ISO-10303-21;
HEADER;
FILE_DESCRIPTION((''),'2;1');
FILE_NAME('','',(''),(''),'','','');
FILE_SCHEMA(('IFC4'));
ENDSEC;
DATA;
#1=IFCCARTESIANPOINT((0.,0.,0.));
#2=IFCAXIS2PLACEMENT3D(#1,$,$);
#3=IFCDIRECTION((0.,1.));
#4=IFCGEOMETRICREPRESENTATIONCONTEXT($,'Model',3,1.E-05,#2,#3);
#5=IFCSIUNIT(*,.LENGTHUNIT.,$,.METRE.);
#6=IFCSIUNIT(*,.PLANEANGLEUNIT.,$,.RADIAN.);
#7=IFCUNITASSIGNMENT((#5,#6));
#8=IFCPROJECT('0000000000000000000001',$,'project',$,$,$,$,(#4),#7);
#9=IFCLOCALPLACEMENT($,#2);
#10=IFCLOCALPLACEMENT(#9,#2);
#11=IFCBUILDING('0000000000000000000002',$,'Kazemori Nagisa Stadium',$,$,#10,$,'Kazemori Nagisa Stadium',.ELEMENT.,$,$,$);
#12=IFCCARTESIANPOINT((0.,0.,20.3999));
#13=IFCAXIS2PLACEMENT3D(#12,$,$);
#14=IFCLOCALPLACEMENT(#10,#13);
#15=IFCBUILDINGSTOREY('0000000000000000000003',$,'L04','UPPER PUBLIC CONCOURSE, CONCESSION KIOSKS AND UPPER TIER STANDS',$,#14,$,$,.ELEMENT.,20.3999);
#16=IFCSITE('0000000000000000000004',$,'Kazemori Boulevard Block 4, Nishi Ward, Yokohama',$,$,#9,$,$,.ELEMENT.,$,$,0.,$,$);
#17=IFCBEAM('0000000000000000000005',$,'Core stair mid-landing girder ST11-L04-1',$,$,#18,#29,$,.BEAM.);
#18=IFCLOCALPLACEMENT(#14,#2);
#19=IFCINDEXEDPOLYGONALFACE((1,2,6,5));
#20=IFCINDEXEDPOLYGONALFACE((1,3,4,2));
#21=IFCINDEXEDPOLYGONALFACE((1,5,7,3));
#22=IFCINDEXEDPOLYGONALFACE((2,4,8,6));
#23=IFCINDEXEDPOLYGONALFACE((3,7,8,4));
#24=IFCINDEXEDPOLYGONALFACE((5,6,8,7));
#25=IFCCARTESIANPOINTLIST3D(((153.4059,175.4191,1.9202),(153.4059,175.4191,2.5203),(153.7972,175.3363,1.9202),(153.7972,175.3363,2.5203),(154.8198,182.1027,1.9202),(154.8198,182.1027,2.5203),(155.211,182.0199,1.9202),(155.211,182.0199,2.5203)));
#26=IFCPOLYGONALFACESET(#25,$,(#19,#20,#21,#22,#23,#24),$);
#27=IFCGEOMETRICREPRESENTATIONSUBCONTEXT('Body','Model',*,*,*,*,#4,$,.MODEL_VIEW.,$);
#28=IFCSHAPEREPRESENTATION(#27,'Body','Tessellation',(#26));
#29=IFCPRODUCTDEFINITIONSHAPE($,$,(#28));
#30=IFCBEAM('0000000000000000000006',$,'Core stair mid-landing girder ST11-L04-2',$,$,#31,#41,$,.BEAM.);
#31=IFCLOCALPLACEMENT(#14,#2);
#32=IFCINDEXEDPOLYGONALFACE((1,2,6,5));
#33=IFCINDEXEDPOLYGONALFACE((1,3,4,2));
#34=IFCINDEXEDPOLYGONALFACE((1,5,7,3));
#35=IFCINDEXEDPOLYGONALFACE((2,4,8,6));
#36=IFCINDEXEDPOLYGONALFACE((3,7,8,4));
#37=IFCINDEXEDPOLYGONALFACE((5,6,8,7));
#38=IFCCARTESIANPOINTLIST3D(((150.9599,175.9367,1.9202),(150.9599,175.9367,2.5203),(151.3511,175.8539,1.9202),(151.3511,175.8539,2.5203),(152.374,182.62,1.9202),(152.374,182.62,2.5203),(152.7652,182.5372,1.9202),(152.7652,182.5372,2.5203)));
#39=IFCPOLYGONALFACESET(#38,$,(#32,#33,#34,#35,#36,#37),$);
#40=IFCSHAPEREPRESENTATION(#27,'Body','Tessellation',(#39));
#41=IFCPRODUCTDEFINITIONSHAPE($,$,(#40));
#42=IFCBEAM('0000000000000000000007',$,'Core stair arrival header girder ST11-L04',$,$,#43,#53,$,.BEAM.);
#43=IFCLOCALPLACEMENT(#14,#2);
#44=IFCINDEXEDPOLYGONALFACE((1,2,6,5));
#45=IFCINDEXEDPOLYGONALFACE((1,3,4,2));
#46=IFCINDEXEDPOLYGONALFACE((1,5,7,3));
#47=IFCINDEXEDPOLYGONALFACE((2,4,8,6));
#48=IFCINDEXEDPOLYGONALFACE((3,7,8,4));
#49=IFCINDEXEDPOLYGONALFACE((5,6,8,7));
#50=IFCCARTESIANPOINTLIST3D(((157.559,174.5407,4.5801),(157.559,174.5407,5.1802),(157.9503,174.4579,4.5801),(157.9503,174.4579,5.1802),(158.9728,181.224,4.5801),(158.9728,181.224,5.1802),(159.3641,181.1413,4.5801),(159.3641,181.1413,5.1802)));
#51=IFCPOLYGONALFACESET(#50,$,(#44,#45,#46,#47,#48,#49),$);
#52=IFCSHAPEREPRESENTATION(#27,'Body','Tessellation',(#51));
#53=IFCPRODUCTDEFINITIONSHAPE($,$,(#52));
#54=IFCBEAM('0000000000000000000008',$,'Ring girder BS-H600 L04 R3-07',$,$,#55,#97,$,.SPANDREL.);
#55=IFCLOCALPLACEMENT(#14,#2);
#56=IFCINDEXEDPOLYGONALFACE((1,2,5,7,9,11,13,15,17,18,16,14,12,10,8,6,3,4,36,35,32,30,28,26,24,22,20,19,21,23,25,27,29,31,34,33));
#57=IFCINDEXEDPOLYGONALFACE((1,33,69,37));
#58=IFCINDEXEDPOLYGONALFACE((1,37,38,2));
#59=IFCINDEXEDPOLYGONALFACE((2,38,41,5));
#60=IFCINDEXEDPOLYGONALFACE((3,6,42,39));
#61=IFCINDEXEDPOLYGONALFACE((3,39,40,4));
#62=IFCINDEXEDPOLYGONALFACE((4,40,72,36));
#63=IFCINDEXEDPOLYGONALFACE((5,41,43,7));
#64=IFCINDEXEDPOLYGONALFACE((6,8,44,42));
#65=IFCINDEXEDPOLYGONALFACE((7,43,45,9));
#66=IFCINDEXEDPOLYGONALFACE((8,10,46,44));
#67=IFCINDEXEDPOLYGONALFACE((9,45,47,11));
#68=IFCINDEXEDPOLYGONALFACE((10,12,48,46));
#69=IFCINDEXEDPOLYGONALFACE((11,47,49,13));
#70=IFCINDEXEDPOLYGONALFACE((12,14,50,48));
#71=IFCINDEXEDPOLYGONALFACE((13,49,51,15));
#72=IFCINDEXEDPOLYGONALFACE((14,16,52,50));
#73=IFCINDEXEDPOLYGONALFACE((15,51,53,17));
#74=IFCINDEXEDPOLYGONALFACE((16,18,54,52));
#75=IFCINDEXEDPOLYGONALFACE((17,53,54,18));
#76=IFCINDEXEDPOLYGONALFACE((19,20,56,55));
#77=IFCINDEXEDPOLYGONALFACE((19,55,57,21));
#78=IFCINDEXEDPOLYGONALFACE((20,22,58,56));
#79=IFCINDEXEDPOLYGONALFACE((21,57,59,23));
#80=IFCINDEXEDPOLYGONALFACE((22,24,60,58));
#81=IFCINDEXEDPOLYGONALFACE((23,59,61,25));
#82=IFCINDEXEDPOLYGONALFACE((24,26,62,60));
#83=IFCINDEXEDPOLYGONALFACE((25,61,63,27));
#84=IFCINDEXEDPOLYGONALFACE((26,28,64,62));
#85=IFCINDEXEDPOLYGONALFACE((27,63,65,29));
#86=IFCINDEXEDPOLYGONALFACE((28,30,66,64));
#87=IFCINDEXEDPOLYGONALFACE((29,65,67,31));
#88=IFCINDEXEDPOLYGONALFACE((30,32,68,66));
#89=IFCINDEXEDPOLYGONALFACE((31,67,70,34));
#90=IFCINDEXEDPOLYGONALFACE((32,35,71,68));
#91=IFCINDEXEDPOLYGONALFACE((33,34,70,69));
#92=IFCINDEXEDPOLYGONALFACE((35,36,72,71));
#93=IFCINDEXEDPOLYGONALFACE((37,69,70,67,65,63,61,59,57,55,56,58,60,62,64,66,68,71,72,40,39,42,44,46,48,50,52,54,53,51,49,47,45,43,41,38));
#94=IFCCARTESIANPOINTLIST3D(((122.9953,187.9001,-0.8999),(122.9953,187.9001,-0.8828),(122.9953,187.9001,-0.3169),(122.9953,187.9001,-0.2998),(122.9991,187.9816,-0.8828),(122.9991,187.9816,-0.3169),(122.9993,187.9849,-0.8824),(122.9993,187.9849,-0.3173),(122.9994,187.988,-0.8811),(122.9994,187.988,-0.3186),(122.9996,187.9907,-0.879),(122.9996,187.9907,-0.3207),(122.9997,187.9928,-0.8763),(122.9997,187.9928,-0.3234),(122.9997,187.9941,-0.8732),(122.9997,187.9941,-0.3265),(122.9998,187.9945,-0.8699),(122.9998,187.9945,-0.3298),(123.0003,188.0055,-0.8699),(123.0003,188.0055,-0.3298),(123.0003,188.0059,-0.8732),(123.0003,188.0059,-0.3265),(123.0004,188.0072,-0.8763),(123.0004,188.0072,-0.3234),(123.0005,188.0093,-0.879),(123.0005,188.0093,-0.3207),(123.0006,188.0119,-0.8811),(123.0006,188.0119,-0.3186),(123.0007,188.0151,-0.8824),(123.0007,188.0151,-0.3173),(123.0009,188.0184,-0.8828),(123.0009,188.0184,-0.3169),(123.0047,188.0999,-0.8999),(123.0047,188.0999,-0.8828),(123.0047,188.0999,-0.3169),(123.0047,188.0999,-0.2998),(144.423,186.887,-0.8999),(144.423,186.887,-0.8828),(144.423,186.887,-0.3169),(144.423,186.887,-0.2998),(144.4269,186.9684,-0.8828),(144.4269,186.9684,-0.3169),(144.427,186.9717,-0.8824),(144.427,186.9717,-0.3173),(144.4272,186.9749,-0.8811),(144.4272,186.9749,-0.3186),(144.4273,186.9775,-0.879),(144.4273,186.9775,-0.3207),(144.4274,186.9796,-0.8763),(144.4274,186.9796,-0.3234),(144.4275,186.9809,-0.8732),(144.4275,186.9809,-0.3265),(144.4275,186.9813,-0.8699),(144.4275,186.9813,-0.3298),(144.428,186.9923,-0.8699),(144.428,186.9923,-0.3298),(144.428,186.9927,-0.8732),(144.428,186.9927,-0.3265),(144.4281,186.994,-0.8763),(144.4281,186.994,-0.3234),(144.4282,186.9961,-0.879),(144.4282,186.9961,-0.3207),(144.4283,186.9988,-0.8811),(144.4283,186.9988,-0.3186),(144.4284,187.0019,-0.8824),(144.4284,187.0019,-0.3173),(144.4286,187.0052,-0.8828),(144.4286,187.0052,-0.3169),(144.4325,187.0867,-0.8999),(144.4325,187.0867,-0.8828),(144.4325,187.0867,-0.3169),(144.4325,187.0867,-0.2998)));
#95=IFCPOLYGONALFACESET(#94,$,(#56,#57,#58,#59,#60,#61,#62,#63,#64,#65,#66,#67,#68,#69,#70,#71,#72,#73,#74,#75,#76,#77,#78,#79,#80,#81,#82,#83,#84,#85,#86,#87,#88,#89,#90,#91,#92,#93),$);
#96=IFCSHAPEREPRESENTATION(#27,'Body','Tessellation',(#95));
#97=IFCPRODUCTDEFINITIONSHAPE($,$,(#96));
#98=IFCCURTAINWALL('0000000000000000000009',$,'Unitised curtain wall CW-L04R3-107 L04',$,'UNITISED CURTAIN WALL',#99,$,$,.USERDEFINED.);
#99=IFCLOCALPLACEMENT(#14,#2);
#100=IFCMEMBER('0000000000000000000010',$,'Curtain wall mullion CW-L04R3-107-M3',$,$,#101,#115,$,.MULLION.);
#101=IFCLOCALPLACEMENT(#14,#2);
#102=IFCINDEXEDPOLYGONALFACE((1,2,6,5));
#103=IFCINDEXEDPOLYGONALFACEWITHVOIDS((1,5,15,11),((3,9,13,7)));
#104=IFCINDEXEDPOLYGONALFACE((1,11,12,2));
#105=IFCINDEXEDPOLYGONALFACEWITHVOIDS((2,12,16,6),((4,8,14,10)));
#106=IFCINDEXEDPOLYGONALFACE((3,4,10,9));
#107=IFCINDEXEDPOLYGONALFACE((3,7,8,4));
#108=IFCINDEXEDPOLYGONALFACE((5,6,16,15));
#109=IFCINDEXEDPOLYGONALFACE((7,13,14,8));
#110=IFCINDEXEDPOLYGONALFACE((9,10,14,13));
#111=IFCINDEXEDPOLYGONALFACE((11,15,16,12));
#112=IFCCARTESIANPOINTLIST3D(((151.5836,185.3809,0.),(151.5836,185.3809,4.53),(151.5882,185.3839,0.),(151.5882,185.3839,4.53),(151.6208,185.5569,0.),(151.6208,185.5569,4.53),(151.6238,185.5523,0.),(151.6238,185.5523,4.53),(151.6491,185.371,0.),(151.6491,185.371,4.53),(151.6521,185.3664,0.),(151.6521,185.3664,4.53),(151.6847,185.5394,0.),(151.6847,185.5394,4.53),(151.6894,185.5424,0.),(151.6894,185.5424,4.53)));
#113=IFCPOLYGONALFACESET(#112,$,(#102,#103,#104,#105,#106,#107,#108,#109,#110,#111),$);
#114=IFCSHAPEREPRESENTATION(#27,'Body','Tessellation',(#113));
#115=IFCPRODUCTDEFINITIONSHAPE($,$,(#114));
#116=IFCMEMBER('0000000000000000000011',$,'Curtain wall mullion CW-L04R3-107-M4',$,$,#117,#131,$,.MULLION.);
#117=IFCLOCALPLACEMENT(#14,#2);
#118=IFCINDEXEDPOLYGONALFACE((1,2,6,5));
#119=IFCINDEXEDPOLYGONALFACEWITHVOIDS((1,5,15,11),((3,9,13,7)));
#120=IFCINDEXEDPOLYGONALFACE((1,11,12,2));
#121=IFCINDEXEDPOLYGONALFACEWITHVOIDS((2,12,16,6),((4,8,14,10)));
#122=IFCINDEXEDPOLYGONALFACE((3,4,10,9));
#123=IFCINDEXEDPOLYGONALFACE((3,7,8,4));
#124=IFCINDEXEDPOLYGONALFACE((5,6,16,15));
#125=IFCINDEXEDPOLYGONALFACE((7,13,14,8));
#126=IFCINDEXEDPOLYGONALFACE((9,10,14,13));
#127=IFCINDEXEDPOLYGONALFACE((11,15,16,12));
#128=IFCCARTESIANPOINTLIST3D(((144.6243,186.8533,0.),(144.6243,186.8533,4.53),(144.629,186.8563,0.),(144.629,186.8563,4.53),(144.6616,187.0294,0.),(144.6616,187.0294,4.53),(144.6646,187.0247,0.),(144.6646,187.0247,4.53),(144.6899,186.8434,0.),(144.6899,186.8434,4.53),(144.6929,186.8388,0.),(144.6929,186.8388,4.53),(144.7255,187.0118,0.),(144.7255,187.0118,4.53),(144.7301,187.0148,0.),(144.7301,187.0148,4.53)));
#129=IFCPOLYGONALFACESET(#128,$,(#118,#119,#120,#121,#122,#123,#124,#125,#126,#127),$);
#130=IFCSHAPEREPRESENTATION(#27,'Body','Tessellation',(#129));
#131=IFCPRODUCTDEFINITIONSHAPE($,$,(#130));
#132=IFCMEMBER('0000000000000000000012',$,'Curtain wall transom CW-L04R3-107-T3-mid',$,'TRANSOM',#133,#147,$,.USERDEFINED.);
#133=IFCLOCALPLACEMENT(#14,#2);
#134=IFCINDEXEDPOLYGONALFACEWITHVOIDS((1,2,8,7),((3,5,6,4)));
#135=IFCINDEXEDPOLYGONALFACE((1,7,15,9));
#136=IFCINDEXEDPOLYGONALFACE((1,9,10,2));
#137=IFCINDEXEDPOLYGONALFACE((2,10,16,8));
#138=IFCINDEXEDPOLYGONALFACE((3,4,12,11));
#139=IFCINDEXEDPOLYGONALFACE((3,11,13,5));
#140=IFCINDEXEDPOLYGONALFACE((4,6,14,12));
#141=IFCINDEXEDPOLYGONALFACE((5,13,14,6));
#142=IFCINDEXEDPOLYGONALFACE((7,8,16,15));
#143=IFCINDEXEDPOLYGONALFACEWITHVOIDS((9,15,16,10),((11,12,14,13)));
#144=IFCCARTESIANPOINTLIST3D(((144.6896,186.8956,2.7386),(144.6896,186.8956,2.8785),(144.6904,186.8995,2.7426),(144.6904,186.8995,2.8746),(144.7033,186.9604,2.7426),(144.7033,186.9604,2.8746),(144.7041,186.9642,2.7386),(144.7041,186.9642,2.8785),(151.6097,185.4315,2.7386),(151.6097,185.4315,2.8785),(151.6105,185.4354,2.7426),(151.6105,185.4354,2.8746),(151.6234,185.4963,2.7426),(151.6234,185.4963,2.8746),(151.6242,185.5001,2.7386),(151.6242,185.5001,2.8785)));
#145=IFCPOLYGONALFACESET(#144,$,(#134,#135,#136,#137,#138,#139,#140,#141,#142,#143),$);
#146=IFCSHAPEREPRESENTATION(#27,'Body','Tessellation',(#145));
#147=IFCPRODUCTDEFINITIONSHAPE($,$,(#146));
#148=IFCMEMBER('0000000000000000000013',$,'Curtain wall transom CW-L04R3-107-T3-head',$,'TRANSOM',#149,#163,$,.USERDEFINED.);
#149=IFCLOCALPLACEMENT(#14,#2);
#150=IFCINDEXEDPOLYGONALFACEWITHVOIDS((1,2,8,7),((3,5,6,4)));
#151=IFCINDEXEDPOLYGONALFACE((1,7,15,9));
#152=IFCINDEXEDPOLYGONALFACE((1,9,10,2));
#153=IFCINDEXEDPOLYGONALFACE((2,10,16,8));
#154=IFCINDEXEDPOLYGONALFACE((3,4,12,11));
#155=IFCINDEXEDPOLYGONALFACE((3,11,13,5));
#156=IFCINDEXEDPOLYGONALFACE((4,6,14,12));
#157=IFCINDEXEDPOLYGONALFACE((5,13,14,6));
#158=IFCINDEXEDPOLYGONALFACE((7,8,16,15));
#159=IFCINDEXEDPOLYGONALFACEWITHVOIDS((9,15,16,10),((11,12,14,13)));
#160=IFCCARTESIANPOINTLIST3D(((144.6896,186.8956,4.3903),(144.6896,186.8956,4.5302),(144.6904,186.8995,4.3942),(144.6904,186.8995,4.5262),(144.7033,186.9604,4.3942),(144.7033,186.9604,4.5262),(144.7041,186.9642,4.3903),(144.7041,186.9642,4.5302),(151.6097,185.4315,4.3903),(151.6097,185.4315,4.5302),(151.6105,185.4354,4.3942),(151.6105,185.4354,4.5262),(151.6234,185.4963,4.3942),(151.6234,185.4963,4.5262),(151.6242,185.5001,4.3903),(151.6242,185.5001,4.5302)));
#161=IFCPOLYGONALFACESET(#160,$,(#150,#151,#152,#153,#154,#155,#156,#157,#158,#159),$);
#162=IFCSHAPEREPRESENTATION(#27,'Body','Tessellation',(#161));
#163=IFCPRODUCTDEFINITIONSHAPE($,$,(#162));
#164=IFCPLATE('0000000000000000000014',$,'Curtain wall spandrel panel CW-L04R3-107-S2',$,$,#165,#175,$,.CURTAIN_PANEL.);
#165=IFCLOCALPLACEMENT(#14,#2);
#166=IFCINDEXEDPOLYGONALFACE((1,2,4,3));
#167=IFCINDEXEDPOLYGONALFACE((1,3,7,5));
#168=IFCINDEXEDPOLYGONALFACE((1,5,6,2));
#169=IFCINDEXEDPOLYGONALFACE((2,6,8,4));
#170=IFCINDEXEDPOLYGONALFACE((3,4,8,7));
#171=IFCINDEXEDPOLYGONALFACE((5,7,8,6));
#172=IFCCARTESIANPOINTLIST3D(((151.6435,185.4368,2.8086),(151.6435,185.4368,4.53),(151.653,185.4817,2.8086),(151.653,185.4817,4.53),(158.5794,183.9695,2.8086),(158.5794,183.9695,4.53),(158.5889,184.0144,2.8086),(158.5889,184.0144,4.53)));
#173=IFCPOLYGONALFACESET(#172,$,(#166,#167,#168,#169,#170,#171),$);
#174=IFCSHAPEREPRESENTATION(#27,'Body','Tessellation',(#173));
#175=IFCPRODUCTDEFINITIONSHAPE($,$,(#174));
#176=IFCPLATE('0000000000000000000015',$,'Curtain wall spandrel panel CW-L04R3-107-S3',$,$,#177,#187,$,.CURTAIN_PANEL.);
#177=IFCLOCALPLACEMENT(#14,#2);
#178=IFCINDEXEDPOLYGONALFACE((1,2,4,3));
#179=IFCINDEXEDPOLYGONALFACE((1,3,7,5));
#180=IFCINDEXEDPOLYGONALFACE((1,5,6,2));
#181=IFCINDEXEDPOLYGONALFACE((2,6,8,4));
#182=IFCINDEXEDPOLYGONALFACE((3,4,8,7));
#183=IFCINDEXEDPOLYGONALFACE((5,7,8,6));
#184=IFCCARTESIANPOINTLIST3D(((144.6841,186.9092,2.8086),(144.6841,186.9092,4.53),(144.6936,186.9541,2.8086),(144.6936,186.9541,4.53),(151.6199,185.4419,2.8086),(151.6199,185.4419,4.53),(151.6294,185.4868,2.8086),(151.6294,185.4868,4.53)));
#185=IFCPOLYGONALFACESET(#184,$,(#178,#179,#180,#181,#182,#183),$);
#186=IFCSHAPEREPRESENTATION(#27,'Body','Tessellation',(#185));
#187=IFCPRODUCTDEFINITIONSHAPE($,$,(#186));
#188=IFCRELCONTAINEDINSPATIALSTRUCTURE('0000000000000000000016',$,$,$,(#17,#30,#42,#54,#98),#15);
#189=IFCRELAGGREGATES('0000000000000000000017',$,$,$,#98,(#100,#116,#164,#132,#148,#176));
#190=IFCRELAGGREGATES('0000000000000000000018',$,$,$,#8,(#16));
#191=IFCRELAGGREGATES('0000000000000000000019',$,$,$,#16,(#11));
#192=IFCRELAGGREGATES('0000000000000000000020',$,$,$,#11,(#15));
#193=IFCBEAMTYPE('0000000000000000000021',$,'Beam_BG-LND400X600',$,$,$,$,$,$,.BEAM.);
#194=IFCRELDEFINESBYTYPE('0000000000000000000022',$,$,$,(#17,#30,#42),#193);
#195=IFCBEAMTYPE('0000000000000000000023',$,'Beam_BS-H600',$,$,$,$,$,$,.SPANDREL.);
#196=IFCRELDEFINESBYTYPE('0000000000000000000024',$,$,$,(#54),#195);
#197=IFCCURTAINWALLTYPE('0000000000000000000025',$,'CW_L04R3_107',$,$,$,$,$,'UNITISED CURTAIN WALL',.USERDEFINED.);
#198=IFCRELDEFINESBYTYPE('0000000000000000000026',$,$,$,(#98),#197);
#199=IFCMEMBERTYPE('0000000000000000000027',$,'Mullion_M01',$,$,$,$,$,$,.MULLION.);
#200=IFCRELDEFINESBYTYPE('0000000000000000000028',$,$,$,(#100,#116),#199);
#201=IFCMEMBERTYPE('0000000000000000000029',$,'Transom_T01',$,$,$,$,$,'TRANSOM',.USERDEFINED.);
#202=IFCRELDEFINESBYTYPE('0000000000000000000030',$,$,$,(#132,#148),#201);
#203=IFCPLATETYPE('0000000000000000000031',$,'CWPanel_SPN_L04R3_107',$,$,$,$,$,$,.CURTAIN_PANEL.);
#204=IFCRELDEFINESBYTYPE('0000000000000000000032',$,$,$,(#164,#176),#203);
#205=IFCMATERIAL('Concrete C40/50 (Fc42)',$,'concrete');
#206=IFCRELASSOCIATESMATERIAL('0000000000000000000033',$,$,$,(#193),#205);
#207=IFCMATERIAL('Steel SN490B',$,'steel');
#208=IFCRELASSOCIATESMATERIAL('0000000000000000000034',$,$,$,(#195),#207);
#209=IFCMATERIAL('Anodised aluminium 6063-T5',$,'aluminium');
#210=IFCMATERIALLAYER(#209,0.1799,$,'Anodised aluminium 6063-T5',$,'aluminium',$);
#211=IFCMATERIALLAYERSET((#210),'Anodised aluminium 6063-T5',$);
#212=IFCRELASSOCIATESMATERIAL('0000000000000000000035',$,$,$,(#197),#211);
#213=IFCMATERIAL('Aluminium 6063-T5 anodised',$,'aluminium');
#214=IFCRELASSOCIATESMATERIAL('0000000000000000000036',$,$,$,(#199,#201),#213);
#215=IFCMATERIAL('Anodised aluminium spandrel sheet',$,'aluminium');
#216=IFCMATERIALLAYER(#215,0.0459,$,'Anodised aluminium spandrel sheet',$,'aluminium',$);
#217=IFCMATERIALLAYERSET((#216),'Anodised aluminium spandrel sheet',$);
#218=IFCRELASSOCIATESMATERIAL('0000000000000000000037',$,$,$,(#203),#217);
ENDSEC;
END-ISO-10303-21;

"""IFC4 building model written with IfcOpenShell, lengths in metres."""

from ifc_helpers import new_model, si_unit, direction, frame, origin, origin_2d, place, context, subcontext, project, spatial, rectangle, hollow_rectangle, i_section, extrude, material, layer, layer_set, material_profile, profile_set, type_object, element, aggregate, save


model = new_model("IFC4")

# Units and contexts
model_context = context("Model", 3, precision=1e-05, world=origin(), true_north=direction((0.0, 1.0)))
body_context = subcontext(model_context, "Body", "Model", "MODEL_VIEW")
ifc_project = project(units=[si_unit("LENGTHUNIT", "METRE"), si_unit("PLANEANGLEUNIT", "RADIAN")], contexts=[model_context])

# Site, building, storey
site_placement = place(None, origin())
site = spatial("IfcSite", under=ifc_project, at=site_placement, Name="Kazemori Boulevard Block 4, Nishi Ward, Yokohama", CompositionType="ELEMENT", RefElevation=0.0)
building_placement = place(site_placement, origin())
building = spatial("IfcBuilding", under=site, at=building_placement, Name="Kazemori Nagisa Stadium", LongName="Kazemori Nagisa Stadium", CompositionType="ELEMENT")
storey_placement = place(building_placement, frame((0.0, 0.0, 20.3999)))
storey = spatial("IfcBuildingStorey", under=building, at=storey_placement, Name="L04", Description="UPPER PUBLIC CONCOURSE, CONCESSION KIOSKS AND UPPER TIER STANDS", CompositionType="ELEMENT", Elevation=20.3999)

# Beams
ifc_material_1 = material(Name="Concrete C40/50 (Fc42)", Category="concrete")
ifc_material_profile_1 = material_profile(ifc_material_1, rectangle(XDim=0.3999, YDim=0.6001, at=origin_2d()), Name="RC-BM-400x600")
ifc_profile_set_1 = profile_set([ifc_material_profile_1], Name="Concrete C40/50 (Fc42)")
beam_type_1 = type_object("IfcBeamType", Name="Beam_BG-LND400X600", PredefinedType="BEAM", material=ifc_profile_set_1)
beam_1_placement = place(storey_placement, frame((153.6016, 175.3777, 2.2202), z_axis=(0.206956, 0.97835, 0.0), x_axis=(-0.97835, 0.206956, 0.0)))
element("IfcBeam", 1, at=beam_1_placement, inside=storey, type_object=beam_type_1, Name="Core stair mid-landing girder ST11-L04-1", PredefinedType="BEAM", context=body_context, shape_type="SweptSolid", body=[
    extrude(rectangle(XDim=0.3999, YDim=0.6001, at=origin_2d()), origin(), (0.0, 0.0, 1.0), 6.8315),
])
for number, where, z_axis, x_axis, name in (
    (2, (151.1555, 175.8953, 2.2202), (0.206997, 0.978341, 0.0), (-0.978341, 0.206997, 0.0), "Core stair mid-landing girder ST11-L04-2"),
    (3, (157.7546, 174.4993, 4.8801), (0.206963, 0.978349, 0.0), (-0.978349, 0.206963, 0.0), "Core stair arrival header girder ST11-L04"),
):
    element("IfcBeam", number, at=place(storey_placement, frame(where, z_axis=z_axis, x_axis=x_axis)), inside=storey, type_object=beam_type_1, Name=name, PredefinedType="BEAM", context=body_context, shape_type="SweptSolid", body=[
        extrude(rectangle(XDim=0.3999, YDim=0.6001, at=origin_2d()), origin(), (0.0, 0.0, 1.0), 6.8313),
    ])
ifc_material_2 = material(Name="Steel SN490B", Category="steel")
ifc_material_profile_2 = material_profile(ifc_material_2, i_section(OverallWidth=0.2, OverallDepth=0.6001, WebThickness=0.011, FlangeThickness=0.0171, FilletRadius=0.0129, at=origin_2d()), Name="H-600x200x11x17")
ifc_profile_set_2 = profile_set([ifc_material_profile_2], Name="Steel SN490B")
beam_type_2 = type_object("IfcBeamType", Name="Beam_BS-H600", PredefinedType="SPANDREL", material=ifc_profile_set_2)
beam_2_placement = place(storey_placement, frame((144.4277, 186.9868, -0.5999), z_axis=(-0.998884, 0.047231, 0.0), x_axis=(-0.047231, -0.998884, 0.0)))
element("IfcBeam", 4, at=beam_2_placement, inside=storey, type_object=beam_type_2, Name="Ring girder BS-H600 L04 R3-07", PredefinedType="SPANDREL", context=body_context, shape_type="SweptSolid", body=[
    extrude(i_section(OverallWidth=0.2, OverallDepth=0.6001, WebThickness=0.011, FlangeThickness=0.0171, FilletRadius=0.0129, at=origin_2d()), origin(), (0.0, 0.0, 1.0), 21.4517),
])

# Curtain wall, members, plates
ifc_material_3 = material(Name="Anodised aluminium 6063-T5", Category="aluminium")
ifc_layer_1 = layer(ifc_material_3, 0.1799, Name="Anodised aluminium 6063-T5", Category="aluminium")
ifc_layer_set_1 = layer_set([ifc_layer_1], Name="Anodised aluminium 6063-T5")
curtain_wall_type = type_object("IfcCurtainWallType", Name="CW_L04R3_107", ElementType="UNITISED CURTAIN WALL", PredefinedType="USERDEFINED", material=ifc_layer_set_1)
curtain_wall_placement = place(storey_placement, origin())
curtain_wall = element("IfcCurtainWall", 5, at=curtain_wall_placement, inside=storey, type_object=curtain_wall_type, Name="Unitised curtain wall CW-L04R3-107 L04", ObjectType="UNITISED CURTAIN WALL", PredefinedType="USERDEFINED")
ifc_material_4 = material(Name="Aluminium 6063-T5 anodised", Category="aluminium")
ifc_material_profile_3 = material_profile(ifc_material_4, hollow_rectangle(XDim=0.0701, YDim=0.1799, WallThickness=0.0039, at=origin_2d()), Name="ALU-MULL-70x180x4")
ifc_profile_set_3 = profile_set([ifc_material_profile_3], Name="Aluminium 6063-T5 anodised")
member_type_1 = type_object("IfcMemberType", Name="Mullion_M01", PredefinedType="MULLION", material=ifc_profile_set_3)
member_1_placement = place(storey_placement, frame((151.6365, 185.4617, 0.0), z_axis=(0.0, 0.0, 1.0), x_axis=(-0.978345, 0.206981, 0.0)))
member_1 = element("IfcMember", 6, at=member_1_placement, type_object=member_type_1, Name="Curtain wall mullion CW-L04R3-107-M3", PredefinedType="MULLION", context=body_context, shape_type="SweptSolid", body=[
    extrude(hollow_rectangle(XDim=0.0701, YDim=0.1799, WallThickness=0.0039, at=origin_2d()), origin(), (0.0, 0.0, 1.0), 4.53),
])
member_2_placement = place(storey_placement, frame((144.6772, 186.9341, 0.0), z_axis=(0.0, 0.0, 1.0), x_axis=(-0.978345, 0.206981, 0.0)))
member_2 = element("IfcMember", 7, at=member_2_placement, type_object=member_type_1, Name="Curtain wall mullion CW-L04R3-107-M4", PredefinedType="MULLION", context=body_context, shape_type="SweptSolid", body=[
    extrude(hollow_rectangle(XDim=0.0701, YDim=0.1799, WallThickness=0.0039, at=origin_2d()), origin(), (0.0, 0.0, 1.0), 4.53),
])
ifc_material_profile_4 = material_profile(ifc_material_4, hollow_rectangle(XDim=0.0701, YDim=0.1399, WallThickness=0.0039, at=origin_2d()), Name="ALU-TRAN-70x140x4")
ifc_profile_set_4 = profile_set([ifc_material_profile_4], Name="Aluminium 6063-T5 anodised")
member_type_2 = type_object("IfcMemberType", Name="Transom_T01", ElementType="TRANSOM", PredefinedType="USERDEFINED", material=ifc_profile_set_4)
member_3_placement = place(storey_placement, frame((151.6169, 185.4658, 2.8086), z_axis=(-0.978343, 0.20699, 0.0), x_axis=(-0.20699, -0.978343, 0.0)))
member_3 = element("IfcMember", 8, at=member_3_placement, type_object=member_type_2, Name="Curtain wall transom CW-L04R3-107-T3-mid", ObjectType="TRANSOM", PredefinedType="USERDEFINED", context=body_context, shape_type="SweptSolid", body=[
    extrude(hollow_rectangle(XDim=0.0701, YDim=0.1399, WallThickness=0.0039, at=origin_2d()), origin(), (0.0, 0.0, 1.0), 7.0732),
])
member_4_placement = place(storey_placement, frame((151.6169, 185.4658, 4.4602), z_axis=(-0.978343, 0.20699, 0.0), x_axis=(-0.20699, -0.978343, 0.0)))
member_4 = element("IfcMember", 9, at=member_4_placement, type_object=member_type_2, Name="Curtain wall transom CW-L04R3-107-T3-head", ObjectType="TRANSOM", PredefinedType="USERDEFINED", context=body_context, shape_type="SweptSolid", body=[
    extrude(hollow_rectangle(XDim=0.0701, YDim=0.1399, WallThickness=0.0039, at=origin_2d()), origin(), (0.0, 0.0, 1.0), 7.0732),
])
ifc_material_5 = material(Name="Anodised aluminium spandrel sheet", Category="aluminium")
ifc_layer_2 = layer(ifc_material_5, 0.0459, Name="Anodised aluminium spandrel sheet", Category="aluminium")
ifc_layer_set_2 = layer_set([ifc_layer_2], Name="Anodised aluminium spandrel sheet")
plate_type_1 = type_object("IfcPlateType", Name="CWPanel_SPN_L04R3_107", PredefinedType="CURTAIN_PANEL", material=ifc_layer_set_2)
plate_1_placement = place(storey_placement, frame((155.1162, 184.7256, 2.8086), z_axis=(0.0, 0.0, 1.0), x_axis=(-0.978345, 0.206981, 0.0)))
plate_1 = element("IfcPlate", 10, at=plate_1_placement, type_object=plate_type_1, Name="Curtain wall spandrel panel CW-L04R3-107-S2", PredefinedType="CURTAIN_PANEL", context=body_context, shape_type="SweptSolid", body=[
    extrude(rectangle(XDim=7.0894, YDim=0.0459, at=origin_2d()), origin(), (0.0, 0.0, 1.0), 1.7214),
])
plate_2_placement = place(storey_placement, frame((148.1567, 186.198, 2.8086), z_axis=(0.0, 0.0, 1.0), x_axis=(-0.978345, 0.206981, 0.0)))
plate_2 = element("IfcPlate", 11, at=plate_2_placement, type_object=plate_type_1, Name="Curtain wall spandrel panel CW-L04R3-107-S3", PredefinedType="CURTAIN_PANEL", context=body_context, shape_type="SweptSolid", body=[
    extrude(rectangle(XDim=7.0894, YDim=0.0459, at=origin_2d()), origin(), (0.0, 0.0, 1.0), 1.7214),
])
aggregate(curtain_wall, [member_1, member_2, plate_1, member_3, member_4, plate_2])

save(model, "model.ifc")
